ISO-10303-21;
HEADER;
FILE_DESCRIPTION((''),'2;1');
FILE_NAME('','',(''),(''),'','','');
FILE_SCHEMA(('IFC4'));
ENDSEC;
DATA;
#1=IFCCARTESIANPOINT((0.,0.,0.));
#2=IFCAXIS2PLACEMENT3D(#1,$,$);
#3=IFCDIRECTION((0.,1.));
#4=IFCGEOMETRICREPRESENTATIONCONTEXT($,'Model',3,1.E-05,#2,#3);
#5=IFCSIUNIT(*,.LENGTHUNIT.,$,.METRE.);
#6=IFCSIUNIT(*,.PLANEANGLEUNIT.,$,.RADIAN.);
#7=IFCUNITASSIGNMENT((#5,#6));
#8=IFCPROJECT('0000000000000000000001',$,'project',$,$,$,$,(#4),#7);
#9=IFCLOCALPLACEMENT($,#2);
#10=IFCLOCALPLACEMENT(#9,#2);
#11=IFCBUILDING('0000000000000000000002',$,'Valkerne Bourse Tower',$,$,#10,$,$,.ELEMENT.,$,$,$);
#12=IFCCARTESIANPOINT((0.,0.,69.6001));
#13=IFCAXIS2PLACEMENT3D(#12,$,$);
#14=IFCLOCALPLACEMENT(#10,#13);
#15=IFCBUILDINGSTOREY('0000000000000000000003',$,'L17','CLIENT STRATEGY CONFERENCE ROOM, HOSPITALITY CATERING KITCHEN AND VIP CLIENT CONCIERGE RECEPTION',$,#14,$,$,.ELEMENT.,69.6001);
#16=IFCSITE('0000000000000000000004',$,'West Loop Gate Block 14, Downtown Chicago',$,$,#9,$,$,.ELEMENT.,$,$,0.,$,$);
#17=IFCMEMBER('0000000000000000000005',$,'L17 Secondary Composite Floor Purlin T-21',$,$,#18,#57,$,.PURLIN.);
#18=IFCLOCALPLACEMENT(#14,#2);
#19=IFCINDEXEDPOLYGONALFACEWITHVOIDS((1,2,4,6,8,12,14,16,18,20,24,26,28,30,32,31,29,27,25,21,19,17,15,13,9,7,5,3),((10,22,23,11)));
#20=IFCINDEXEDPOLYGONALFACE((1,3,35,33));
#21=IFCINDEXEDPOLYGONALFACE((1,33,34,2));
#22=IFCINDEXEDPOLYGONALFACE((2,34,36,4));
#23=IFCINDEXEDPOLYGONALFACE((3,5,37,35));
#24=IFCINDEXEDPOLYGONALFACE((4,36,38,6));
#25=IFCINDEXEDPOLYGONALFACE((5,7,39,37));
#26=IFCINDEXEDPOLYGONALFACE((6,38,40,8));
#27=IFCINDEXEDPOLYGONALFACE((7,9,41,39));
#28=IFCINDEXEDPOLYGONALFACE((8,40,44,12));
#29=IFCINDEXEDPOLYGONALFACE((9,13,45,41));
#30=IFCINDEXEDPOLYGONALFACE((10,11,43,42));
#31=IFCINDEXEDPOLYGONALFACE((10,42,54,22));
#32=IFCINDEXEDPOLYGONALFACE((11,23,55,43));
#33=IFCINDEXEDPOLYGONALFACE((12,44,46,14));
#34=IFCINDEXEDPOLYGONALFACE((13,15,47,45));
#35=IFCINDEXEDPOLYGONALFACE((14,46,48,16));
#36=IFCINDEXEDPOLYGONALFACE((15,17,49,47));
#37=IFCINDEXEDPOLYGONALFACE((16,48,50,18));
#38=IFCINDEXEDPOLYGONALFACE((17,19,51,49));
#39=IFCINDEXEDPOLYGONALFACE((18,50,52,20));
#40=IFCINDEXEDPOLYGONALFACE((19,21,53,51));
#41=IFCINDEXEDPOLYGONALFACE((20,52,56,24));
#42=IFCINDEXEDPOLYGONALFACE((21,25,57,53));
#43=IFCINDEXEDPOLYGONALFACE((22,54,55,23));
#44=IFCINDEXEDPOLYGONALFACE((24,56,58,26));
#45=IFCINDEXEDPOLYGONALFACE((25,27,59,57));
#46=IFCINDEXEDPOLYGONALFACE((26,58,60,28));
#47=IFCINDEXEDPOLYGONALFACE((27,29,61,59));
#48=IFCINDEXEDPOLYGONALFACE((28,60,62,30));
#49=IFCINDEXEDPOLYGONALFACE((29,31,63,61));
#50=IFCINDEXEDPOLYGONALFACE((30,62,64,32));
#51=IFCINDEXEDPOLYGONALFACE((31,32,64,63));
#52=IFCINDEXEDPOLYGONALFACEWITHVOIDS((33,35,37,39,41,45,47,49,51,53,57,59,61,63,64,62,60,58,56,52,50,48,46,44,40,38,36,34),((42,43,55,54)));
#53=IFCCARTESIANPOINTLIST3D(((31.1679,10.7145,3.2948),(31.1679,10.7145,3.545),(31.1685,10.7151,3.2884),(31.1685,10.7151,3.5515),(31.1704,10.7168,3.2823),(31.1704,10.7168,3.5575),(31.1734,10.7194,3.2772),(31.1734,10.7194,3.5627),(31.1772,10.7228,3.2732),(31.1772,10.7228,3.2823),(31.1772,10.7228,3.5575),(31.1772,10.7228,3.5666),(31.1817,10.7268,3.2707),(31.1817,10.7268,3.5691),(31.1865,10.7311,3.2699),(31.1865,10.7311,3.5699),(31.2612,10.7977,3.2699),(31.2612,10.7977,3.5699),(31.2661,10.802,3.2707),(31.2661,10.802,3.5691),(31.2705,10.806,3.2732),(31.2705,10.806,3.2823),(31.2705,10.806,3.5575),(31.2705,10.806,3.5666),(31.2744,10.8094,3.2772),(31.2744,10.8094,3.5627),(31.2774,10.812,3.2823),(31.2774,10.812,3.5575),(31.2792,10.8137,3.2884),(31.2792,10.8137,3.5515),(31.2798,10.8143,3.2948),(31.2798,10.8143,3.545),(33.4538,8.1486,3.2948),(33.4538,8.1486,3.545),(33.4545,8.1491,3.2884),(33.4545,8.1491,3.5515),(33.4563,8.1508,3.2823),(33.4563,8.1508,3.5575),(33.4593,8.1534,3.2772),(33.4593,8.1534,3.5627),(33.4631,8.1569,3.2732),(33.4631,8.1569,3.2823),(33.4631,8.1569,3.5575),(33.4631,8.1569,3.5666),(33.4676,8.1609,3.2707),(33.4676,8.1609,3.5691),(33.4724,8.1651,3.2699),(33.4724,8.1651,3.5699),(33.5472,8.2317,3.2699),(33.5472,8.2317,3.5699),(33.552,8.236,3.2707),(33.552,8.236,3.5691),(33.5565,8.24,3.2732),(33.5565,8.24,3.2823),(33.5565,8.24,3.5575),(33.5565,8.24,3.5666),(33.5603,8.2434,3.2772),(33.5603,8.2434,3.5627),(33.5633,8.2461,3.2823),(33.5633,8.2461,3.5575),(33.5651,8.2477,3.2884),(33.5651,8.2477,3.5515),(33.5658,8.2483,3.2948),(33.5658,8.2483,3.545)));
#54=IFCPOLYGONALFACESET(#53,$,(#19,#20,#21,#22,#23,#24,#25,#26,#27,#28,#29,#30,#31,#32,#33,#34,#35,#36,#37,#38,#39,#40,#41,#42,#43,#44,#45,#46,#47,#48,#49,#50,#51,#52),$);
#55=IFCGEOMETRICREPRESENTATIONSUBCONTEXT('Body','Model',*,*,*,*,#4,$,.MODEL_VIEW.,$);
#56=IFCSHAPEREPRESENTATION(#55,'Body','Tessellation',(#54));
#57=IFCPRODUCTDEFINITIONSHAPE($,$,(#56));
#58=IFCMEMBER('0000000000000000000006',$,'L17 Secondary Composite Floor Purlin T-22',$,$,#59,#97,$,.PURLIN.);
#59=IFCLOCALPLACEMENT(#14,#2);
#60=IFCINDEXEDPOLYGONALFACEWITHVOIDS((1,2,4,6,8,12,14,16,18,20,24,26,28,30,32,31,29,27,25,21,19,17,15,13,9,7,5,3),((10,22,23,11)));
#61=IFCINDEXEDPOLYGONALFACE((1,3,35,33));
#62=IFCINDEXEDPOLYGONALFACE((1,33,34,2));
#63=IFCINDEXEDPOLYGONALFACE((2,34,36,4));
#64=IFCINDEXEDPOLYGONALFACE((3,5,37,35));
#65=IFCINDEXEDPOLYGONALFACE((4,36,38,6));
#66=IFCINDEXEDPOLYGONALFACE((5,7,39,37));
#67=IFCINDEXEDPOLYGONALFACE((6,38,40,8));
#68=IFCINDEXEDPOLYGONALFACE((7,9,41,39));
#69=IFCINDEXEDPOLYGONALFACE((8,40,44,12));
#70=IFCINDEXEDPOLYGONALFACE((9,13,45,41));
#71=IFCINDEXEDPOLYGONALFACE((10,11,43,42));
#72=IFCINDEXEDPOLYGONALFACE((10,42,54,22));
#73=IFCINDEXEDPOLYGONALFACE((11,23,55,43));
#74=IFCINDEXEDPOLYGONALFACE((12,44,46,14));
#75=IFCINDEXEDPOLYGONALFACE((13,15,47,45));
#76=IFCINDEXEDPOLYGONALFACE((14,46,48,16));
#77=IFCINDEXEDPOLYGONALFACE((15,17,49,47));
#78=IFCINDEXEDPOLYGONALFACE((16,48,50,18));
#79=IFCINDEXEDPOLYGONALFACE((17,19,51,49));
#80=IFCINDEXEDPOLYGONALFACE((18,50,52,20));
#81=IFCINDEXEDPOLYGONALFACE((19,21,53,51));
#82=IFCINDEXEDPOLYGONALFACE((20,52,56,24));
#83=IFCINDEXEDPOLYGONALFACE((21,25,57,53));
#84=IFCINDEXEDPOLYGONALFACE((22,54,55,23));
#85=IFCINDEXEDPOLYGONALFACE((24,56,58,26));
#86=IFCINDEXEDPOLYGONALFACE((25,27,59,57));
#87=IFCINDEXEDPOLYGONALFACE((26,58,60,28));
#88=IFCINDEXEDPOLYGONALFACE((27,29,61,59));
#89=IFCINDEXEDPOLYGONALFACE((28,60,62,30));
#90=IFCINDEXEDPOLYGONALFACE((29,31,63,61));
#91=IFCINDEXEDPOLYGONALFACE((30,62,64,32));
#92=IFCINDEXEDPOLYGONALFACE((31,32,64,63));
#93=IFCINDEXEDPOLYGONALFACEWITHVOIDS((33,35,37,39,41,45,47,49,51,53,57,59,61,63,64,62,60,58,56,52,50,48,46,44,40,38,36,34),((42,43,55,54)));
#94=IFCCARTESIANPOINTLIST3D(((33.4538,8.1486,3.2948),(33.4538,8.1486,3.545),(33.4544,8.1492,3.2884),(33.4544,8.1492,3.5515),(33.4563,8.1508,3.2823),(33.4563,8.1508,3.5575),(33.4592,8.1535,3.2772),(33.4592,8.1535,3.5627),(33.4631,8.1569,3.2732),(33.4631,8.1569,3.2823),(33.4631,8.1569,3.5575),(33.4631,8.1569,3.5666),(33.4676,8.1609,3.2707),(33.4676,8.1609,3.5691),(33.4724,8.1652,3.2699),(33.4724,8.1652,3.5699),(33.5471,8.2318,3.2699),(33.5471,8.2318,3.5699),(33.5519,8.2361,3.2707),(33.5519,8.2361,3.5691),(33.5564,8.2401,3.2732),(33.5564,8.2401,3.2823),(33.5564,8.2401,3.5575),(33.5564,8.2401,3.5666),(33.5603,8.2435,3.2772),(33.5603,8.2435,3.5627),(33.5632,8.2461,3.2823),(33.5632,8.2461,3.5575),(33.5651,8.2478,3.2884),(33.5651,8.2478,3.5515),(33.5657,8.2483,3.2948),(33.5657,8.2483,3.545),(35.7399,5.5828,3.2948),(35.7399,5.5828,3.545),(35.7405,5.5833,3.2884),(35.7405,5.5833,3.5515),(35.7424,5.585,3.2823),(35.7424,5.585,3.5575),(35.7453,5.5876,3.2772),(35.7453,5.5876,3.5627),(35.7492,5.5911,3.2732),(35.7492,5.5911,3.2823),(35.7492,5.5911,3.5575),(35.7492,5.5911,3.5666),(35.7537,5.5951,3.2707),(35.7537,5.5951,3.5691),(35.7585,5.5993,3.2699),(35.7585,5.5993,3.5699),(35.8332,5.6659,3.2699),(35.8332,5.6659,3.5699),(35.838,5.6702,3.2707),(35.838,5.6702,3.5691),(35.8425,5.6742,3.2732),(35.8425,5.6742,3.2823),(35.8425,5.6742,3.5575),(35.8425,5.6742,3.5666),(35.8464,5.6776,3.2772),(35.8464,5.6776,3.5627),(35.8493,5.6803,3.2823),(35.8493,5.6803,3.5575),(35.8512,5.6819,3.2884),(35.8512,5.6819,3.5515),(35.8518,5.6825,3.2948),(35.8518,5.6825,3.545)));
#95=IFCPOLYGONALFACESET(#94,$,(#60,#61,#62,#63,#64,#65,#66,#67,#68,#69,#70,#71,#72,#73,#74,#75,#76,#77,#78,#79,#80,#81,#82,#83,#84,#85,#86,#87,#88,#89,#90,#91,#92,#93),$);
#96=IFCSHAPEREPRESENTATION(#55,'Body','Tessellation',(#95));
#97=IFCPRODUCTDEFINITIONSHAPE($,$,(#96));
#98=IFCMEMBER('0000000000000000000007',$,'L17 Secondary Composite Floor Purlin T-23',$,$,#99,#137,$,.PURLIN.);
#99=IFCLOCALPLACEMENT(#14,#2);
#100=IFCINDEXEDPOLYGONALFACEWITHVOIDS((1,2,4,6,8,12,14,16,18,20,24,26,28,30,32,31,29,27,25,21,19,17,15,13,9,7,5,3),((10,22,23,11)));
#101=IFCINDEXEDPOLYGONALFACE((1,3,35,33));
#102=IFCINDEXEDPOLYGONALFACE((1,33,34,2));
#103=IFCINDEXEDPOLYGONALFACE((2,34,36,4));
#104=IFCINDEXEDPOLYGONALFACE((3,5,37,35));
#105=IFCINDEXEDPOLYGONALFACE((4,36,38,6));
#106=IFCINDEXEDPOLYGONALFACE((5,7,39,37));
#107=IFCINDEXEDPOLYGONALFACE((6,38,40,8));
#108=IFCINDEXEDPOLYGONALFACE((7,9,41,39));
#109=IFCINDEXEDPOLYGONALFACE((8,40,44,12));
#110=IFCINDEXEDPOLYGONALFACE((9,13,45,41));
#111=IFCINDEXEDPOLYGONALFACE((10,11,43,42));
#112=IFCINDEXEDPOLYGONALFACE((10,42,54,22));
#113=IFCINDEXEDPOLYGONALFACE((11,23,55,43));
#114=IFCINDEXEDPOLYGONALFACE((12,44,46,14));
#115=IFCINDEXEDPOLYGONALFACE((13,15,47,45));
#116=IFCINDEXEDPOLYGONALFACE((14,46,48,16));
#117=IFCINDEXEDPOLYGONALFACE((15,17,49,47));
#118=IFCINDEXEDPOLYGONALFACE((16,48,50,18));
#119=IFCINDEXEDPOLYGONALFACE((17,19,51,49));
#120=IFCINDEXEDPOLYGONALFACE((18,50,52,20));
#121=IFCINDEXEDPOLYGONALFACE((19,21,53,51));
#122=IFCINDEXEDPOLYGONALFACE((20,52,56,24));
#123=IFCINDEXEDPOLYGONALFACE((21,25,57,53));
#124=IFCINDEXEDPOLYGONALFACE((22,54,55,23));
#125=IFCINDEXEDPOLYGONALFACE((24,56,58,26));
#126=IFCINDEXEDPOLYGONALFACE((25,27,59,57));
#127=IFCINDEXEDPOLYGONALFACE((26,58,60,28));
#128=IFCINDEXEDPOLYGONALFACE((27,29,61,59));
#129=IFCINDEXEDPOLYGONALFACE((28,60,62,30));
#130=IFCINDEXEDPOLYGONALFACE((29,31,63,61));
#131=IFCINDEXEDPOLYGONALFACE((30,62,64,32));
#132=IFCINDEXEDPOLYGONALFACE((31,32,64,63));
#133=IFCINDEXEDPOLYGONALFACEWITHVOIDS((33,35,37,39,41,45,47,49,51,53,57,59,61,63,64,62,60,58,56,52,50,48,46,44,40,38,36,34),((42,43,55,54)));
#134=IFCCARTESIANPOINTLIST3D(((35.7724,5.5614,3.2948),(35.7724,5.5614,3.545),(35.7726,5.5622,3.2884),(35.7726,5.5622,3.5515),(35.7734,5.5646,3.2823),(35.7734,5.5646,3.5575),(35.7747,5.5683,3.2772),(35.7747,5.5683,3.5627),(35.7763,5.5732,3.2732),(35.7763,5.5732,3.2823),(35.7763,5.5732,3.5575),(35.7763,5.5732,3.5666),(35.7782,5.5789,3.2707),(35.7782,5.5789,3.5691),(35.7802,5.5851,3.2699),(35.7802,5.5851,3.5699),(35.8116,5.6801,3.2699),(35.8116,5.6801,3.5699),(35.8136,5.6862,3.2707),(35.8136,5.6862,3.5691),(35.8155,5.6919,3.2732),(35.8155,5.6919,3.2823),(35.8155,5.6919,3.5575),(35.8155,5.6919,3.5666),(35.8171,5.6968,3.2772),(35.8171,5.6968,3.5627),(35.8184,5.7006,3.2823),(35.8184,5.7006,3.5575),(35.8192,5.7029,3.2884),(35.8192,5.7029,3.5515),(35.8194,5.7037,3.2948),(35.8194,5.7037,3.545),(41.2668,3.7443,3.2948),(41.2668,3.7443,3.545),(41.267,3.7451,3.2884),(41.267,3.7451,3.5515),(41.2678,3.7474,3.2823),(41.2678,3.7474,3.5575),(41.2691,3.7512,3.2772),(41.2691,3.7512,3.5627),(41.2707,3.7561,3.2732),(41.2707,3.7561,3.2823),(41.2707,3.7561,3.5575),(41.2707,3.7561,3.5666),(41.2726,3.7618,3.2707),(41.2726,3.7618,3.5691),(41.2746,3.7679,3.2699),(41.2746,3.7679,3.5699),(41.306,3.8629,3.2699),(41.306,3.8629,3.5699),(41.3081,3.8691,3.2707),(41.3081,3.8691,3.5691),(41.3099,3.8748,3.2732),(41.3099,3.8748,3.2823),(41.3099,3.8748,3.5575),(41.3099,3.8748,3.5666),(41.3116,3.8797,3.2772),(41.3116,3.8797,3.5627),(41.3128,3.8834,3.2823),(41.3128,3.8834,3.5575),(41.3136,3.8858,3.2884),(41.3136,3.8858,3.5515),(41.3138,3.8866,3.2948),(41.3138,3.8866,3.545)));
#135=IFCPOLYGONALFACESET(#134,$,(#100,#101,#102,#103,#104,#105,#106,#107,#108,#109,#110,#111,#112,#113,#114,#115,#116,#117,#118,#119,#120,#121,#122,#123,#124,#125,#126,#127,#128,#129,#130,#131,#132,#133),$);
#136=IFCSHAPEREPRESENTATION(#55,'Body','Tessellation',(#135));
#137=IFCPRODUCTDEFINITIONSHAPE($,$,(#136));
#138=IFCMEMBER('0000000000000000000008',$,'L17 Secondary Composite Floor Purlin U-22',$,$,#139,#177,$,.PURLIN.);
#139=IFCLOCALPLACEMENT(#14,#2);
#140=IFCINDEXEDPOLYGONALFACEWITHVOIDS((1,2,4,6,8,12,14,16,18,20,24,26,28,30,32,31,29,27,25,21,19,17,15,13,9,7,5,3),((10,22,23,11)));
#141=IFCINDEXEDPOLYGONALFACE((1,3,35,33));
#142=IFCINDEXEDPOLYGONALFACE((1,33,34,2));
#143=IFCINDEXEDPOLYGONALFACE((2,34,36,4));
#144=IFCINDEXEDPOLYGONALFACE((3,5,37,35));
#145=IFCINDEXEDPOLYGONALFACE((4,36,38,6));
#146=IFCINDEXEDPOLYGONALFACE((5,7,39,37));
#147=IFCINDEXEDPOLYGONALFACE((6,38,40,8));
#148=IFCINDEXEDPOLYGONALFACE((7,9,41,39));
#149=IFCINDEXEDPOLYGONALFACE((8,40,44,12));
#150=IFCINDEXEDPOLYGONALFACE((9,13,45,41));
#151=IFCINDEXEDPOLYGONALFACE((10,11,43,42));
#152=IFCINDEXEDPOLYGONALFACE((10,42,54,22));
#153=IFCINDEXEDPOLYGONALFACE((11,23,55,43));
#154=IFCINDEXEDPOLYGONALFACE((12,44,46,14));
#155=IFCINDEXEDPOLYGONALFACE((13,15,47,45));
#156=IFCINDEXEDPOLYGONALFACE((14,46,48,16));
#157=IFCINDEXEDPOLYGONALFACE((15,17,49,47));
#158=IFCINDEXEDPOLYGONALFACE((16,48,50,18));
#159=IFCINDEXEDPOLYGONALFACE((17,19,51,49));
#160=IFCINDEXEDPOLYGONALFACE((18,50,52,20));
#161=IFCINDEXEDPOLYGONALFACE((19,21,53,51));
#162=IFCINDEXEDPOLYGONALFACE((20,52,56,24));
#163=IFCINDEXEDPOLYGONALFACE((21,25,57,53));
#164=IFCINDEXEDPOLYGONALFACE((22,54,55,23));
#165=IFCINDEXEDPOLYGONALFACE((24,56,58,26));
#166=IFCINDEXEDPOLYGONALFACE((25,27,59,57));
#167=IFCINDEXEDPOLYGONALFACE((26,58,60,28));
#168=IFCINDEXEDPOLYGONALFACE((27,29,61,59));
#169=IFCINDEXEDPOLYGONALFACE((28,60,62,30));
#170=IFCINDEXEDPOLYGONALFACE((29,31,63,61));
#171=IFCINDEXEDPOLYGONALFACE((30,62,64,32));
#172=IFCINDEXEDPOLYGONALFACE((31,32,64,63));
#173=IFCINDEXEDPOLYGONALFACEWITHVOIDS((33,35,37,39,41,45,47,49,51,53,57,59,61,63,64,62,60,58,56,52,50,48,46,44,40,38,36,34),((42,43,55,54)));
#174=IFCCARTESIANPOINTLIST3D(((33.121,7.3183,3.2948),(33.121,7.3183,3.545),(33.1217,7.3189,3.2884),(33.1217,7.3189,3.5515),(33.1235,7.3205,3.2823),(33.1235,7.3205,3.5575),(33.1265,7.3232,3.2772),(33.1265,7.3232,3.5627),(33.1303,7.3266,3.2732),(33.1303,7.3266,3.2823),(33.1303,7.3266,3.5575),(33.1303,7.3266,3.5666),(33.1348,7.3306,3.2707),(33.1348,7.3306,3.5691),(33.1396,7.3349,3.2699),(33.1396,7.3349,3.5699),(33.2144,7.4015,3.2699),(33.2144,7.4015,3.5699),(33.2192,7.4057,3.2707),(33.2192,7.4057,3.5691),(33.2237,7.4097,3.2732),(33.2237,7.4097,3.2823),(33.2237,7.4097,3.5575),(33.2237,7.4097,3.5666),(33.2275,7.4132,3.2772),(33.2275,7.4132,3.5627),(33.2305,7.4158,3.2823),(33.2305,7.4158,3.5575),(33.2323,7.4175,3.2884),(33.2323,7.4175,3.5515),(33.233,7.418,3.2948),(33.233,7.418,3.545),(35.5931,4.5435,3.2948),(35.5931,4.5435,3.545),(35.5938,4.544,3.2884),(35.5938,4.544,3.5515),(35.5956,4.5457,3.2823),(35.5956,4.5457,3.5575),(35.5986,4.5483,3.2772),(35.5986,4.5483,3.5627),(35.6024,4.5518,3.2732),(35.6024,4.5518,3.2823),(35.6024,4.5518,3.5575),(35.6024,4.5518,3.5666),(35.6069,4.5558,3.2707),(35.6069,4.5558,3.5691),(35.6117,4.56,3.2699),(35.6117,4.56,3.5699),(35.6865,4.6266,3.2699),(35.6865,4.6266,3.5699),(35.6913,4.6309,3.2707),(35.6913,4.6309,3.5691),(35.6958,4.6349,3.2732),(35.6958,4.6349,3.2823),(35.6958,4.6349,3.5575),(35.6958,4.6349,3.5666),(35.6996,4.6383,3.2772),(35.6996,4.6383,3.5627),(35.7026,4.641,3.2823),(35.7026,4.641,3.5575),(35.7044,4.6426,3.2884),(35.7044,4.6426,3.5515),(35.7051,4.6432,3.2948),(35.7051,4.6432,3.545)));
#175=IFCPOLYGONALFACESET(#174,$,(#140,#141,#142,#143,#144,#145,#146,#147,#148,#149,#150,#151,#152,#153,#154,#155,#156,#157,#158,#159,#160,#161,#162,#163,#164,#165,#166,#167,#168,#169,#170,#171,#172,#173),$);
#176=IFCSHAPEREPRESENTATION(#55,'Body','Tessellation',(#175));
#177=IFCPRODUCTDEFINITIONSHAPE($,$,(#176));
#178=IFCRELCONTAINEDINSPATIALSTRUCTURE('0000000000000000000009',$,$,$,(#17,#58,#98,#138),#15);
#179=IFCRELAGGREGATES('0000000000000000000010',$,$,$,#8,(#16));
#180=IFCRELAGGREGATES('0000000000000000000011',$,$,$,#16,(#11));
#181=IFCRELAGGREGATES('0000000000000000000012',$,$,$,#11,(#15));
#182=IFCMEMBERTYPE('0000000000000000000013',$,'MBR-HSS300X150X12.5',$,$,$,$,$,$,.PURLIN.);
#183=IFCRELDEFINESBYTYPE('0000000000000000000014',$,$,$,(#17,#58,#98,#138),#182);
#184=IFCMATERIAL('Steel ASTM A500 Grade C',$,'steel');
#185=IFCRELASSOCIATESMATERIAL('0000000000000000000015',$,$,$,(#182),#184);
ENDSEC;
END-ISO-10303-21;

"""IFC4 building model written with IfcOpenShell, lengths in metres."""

from ifc_helpers import new_model, si_unit, direction, frame, origin, origin_2d, place, context, subcontext, project, spatial, hollow_rectangle, extrude, material, material_profile, profile_set, type_object, element, save


model = new_model("IFC4")

# Units and contexts
model_context = context("Model", 3, precision=1e-05, world=origin(), true_north=direction((0.0, 1.0)))
body_context = subcontext(model_context, "Body", "Model", "MODEL_VIEW")
ifc_project = project(units=[si_unit("LENGTHUNIT", "METRE"), si_unit("PLANEANGLEUNIT", "RADIAN")], contexts=[model_context])

# Site, building, storey
site_placement = place(None, origin())
site = spatial("IfcSite", under=ifc_project, at=site_placement, Name="West Loop Gate Block 14, Downtown Chicago", CompositionType="ELEMENT", RefElevation=0.0)
building_placement = place(site_placement, origin())
building = spatial("IfcBuilding", under=site, at=building_placement, Name="Valkerne Bourse Tower", CompositionType="ELEMENT")
storey_placement = place(building_placement, frame((0.0, 0.0, 69.6001)))
storey = spatial("IfcBuildingStorey", under=building, at=storey_placement, Name="L17", Description="CLIENT STRATEGY CONFERENCE ROOM, HOSPITALITY CATERING KITCHEN AND VIP CLIENT CONCIERGE RECEPTION", CompositionType="ELEMENT", Elevation=69.6001)

# Members
ifc_material_1 = material(Name="Steel ASTM A500 Grade C", Category="steel")
ifc_material_profile_1 = material_profile(ifc_material_1, hollow_rectangle(XDim=0.1499, YDim=0.3, WallThickness=0.0125, OuterFilletRadius=0.0249, at=origin_2d()), Name="HSS300X150X12.5")
ifc_profile_set_1 = profile_set([ifc_material_profile_1], Name="Steel ASTM A500 Grade C")
member_type_1 = type_object("IfcMemberType", Name="MBR-HSS300X150X12.5", PredefinedType="PURLIN", material=ifc_profile_set_1)
for number, where, z_axis, x_axis, name in (
    (1, (31.2239, 10.7644, 3.4199), (0.665188, -0.746676, 0.0), (0.746676, 0.665188, 0.0), "L17 Secondary Composite Floor Purlin T-21"),
    (2, (33.5098, 8.1985, 3.4199), (0.665228, -0.746641, 0.0), (0.746641, 0.665228, 0.0), "L17 Secondary Composite Floor Purlin T-22"),
):
    element("IfcMember", number, at=place(storey_placement, frame(where, z_axis=z_axis, x_axis=x_axis)), inside=storey, type_object=member_type_1, Name=name, PredefinedType="PURLIN", context=body_context, shape_type="SweptSolid", body=[
        extrude(hollow_rectangle(XDim=0.1499, YDim=0.3, WallThickness=0.0125, OuterFilletRadius=0.0249, at=origin_2d()), origin(), (0.0, 0.0, 1.0), 3.4365),
    ])
member_1_placement = place(storey_placement, frame((35.7959, 5.6326, 3.4199), z_axis=(0.949423, -0.313999, 0.0), x_axis=(0.313999, 0.949423, 0.0)))
element("IfcMember", 3, at=member_1_placement, inside=storey, type_object=member_type_1, Name="L17 Secondary Composite Floor Purlin T-23", PredefinedType="PURLIN", context=body_context, shape_type="SweptSolid", body=[
    extrude(hollow_rectangle(XDim=0.1499, YDim=0.3, WallThickness=0.0125, OuterFilletRadius=0.0249, at=origin_2d()), origin(), (0.0, 0.0, 1.0), 5.7871),
])
member_2_placement = place(storey_placement, frame((33.177, 7.3682, 3.4199), z_axis=(0.665203, -0.746662, 0.0), x_axis=(0.746662, 0.665203, 0.0)))
element("IfcMember", 4, at=member_2_placement, inside=storey, type_object=member_type_1, Name="L17 Secondary Composite Floor Purlin U-22", PredefinedType="PURLIN", context=body_context, shape_type="SweptSolid", body=[
    extrude(hollow_rectangle(XDim=0.1499, YDim=0.3, WallThickness=0.0125, OuterFilletRadius=0.0249, at=origin_2d()), origin(), (0.0, 0.0, 1.0), 3.7163),
])

save(model, "model.ifc")
